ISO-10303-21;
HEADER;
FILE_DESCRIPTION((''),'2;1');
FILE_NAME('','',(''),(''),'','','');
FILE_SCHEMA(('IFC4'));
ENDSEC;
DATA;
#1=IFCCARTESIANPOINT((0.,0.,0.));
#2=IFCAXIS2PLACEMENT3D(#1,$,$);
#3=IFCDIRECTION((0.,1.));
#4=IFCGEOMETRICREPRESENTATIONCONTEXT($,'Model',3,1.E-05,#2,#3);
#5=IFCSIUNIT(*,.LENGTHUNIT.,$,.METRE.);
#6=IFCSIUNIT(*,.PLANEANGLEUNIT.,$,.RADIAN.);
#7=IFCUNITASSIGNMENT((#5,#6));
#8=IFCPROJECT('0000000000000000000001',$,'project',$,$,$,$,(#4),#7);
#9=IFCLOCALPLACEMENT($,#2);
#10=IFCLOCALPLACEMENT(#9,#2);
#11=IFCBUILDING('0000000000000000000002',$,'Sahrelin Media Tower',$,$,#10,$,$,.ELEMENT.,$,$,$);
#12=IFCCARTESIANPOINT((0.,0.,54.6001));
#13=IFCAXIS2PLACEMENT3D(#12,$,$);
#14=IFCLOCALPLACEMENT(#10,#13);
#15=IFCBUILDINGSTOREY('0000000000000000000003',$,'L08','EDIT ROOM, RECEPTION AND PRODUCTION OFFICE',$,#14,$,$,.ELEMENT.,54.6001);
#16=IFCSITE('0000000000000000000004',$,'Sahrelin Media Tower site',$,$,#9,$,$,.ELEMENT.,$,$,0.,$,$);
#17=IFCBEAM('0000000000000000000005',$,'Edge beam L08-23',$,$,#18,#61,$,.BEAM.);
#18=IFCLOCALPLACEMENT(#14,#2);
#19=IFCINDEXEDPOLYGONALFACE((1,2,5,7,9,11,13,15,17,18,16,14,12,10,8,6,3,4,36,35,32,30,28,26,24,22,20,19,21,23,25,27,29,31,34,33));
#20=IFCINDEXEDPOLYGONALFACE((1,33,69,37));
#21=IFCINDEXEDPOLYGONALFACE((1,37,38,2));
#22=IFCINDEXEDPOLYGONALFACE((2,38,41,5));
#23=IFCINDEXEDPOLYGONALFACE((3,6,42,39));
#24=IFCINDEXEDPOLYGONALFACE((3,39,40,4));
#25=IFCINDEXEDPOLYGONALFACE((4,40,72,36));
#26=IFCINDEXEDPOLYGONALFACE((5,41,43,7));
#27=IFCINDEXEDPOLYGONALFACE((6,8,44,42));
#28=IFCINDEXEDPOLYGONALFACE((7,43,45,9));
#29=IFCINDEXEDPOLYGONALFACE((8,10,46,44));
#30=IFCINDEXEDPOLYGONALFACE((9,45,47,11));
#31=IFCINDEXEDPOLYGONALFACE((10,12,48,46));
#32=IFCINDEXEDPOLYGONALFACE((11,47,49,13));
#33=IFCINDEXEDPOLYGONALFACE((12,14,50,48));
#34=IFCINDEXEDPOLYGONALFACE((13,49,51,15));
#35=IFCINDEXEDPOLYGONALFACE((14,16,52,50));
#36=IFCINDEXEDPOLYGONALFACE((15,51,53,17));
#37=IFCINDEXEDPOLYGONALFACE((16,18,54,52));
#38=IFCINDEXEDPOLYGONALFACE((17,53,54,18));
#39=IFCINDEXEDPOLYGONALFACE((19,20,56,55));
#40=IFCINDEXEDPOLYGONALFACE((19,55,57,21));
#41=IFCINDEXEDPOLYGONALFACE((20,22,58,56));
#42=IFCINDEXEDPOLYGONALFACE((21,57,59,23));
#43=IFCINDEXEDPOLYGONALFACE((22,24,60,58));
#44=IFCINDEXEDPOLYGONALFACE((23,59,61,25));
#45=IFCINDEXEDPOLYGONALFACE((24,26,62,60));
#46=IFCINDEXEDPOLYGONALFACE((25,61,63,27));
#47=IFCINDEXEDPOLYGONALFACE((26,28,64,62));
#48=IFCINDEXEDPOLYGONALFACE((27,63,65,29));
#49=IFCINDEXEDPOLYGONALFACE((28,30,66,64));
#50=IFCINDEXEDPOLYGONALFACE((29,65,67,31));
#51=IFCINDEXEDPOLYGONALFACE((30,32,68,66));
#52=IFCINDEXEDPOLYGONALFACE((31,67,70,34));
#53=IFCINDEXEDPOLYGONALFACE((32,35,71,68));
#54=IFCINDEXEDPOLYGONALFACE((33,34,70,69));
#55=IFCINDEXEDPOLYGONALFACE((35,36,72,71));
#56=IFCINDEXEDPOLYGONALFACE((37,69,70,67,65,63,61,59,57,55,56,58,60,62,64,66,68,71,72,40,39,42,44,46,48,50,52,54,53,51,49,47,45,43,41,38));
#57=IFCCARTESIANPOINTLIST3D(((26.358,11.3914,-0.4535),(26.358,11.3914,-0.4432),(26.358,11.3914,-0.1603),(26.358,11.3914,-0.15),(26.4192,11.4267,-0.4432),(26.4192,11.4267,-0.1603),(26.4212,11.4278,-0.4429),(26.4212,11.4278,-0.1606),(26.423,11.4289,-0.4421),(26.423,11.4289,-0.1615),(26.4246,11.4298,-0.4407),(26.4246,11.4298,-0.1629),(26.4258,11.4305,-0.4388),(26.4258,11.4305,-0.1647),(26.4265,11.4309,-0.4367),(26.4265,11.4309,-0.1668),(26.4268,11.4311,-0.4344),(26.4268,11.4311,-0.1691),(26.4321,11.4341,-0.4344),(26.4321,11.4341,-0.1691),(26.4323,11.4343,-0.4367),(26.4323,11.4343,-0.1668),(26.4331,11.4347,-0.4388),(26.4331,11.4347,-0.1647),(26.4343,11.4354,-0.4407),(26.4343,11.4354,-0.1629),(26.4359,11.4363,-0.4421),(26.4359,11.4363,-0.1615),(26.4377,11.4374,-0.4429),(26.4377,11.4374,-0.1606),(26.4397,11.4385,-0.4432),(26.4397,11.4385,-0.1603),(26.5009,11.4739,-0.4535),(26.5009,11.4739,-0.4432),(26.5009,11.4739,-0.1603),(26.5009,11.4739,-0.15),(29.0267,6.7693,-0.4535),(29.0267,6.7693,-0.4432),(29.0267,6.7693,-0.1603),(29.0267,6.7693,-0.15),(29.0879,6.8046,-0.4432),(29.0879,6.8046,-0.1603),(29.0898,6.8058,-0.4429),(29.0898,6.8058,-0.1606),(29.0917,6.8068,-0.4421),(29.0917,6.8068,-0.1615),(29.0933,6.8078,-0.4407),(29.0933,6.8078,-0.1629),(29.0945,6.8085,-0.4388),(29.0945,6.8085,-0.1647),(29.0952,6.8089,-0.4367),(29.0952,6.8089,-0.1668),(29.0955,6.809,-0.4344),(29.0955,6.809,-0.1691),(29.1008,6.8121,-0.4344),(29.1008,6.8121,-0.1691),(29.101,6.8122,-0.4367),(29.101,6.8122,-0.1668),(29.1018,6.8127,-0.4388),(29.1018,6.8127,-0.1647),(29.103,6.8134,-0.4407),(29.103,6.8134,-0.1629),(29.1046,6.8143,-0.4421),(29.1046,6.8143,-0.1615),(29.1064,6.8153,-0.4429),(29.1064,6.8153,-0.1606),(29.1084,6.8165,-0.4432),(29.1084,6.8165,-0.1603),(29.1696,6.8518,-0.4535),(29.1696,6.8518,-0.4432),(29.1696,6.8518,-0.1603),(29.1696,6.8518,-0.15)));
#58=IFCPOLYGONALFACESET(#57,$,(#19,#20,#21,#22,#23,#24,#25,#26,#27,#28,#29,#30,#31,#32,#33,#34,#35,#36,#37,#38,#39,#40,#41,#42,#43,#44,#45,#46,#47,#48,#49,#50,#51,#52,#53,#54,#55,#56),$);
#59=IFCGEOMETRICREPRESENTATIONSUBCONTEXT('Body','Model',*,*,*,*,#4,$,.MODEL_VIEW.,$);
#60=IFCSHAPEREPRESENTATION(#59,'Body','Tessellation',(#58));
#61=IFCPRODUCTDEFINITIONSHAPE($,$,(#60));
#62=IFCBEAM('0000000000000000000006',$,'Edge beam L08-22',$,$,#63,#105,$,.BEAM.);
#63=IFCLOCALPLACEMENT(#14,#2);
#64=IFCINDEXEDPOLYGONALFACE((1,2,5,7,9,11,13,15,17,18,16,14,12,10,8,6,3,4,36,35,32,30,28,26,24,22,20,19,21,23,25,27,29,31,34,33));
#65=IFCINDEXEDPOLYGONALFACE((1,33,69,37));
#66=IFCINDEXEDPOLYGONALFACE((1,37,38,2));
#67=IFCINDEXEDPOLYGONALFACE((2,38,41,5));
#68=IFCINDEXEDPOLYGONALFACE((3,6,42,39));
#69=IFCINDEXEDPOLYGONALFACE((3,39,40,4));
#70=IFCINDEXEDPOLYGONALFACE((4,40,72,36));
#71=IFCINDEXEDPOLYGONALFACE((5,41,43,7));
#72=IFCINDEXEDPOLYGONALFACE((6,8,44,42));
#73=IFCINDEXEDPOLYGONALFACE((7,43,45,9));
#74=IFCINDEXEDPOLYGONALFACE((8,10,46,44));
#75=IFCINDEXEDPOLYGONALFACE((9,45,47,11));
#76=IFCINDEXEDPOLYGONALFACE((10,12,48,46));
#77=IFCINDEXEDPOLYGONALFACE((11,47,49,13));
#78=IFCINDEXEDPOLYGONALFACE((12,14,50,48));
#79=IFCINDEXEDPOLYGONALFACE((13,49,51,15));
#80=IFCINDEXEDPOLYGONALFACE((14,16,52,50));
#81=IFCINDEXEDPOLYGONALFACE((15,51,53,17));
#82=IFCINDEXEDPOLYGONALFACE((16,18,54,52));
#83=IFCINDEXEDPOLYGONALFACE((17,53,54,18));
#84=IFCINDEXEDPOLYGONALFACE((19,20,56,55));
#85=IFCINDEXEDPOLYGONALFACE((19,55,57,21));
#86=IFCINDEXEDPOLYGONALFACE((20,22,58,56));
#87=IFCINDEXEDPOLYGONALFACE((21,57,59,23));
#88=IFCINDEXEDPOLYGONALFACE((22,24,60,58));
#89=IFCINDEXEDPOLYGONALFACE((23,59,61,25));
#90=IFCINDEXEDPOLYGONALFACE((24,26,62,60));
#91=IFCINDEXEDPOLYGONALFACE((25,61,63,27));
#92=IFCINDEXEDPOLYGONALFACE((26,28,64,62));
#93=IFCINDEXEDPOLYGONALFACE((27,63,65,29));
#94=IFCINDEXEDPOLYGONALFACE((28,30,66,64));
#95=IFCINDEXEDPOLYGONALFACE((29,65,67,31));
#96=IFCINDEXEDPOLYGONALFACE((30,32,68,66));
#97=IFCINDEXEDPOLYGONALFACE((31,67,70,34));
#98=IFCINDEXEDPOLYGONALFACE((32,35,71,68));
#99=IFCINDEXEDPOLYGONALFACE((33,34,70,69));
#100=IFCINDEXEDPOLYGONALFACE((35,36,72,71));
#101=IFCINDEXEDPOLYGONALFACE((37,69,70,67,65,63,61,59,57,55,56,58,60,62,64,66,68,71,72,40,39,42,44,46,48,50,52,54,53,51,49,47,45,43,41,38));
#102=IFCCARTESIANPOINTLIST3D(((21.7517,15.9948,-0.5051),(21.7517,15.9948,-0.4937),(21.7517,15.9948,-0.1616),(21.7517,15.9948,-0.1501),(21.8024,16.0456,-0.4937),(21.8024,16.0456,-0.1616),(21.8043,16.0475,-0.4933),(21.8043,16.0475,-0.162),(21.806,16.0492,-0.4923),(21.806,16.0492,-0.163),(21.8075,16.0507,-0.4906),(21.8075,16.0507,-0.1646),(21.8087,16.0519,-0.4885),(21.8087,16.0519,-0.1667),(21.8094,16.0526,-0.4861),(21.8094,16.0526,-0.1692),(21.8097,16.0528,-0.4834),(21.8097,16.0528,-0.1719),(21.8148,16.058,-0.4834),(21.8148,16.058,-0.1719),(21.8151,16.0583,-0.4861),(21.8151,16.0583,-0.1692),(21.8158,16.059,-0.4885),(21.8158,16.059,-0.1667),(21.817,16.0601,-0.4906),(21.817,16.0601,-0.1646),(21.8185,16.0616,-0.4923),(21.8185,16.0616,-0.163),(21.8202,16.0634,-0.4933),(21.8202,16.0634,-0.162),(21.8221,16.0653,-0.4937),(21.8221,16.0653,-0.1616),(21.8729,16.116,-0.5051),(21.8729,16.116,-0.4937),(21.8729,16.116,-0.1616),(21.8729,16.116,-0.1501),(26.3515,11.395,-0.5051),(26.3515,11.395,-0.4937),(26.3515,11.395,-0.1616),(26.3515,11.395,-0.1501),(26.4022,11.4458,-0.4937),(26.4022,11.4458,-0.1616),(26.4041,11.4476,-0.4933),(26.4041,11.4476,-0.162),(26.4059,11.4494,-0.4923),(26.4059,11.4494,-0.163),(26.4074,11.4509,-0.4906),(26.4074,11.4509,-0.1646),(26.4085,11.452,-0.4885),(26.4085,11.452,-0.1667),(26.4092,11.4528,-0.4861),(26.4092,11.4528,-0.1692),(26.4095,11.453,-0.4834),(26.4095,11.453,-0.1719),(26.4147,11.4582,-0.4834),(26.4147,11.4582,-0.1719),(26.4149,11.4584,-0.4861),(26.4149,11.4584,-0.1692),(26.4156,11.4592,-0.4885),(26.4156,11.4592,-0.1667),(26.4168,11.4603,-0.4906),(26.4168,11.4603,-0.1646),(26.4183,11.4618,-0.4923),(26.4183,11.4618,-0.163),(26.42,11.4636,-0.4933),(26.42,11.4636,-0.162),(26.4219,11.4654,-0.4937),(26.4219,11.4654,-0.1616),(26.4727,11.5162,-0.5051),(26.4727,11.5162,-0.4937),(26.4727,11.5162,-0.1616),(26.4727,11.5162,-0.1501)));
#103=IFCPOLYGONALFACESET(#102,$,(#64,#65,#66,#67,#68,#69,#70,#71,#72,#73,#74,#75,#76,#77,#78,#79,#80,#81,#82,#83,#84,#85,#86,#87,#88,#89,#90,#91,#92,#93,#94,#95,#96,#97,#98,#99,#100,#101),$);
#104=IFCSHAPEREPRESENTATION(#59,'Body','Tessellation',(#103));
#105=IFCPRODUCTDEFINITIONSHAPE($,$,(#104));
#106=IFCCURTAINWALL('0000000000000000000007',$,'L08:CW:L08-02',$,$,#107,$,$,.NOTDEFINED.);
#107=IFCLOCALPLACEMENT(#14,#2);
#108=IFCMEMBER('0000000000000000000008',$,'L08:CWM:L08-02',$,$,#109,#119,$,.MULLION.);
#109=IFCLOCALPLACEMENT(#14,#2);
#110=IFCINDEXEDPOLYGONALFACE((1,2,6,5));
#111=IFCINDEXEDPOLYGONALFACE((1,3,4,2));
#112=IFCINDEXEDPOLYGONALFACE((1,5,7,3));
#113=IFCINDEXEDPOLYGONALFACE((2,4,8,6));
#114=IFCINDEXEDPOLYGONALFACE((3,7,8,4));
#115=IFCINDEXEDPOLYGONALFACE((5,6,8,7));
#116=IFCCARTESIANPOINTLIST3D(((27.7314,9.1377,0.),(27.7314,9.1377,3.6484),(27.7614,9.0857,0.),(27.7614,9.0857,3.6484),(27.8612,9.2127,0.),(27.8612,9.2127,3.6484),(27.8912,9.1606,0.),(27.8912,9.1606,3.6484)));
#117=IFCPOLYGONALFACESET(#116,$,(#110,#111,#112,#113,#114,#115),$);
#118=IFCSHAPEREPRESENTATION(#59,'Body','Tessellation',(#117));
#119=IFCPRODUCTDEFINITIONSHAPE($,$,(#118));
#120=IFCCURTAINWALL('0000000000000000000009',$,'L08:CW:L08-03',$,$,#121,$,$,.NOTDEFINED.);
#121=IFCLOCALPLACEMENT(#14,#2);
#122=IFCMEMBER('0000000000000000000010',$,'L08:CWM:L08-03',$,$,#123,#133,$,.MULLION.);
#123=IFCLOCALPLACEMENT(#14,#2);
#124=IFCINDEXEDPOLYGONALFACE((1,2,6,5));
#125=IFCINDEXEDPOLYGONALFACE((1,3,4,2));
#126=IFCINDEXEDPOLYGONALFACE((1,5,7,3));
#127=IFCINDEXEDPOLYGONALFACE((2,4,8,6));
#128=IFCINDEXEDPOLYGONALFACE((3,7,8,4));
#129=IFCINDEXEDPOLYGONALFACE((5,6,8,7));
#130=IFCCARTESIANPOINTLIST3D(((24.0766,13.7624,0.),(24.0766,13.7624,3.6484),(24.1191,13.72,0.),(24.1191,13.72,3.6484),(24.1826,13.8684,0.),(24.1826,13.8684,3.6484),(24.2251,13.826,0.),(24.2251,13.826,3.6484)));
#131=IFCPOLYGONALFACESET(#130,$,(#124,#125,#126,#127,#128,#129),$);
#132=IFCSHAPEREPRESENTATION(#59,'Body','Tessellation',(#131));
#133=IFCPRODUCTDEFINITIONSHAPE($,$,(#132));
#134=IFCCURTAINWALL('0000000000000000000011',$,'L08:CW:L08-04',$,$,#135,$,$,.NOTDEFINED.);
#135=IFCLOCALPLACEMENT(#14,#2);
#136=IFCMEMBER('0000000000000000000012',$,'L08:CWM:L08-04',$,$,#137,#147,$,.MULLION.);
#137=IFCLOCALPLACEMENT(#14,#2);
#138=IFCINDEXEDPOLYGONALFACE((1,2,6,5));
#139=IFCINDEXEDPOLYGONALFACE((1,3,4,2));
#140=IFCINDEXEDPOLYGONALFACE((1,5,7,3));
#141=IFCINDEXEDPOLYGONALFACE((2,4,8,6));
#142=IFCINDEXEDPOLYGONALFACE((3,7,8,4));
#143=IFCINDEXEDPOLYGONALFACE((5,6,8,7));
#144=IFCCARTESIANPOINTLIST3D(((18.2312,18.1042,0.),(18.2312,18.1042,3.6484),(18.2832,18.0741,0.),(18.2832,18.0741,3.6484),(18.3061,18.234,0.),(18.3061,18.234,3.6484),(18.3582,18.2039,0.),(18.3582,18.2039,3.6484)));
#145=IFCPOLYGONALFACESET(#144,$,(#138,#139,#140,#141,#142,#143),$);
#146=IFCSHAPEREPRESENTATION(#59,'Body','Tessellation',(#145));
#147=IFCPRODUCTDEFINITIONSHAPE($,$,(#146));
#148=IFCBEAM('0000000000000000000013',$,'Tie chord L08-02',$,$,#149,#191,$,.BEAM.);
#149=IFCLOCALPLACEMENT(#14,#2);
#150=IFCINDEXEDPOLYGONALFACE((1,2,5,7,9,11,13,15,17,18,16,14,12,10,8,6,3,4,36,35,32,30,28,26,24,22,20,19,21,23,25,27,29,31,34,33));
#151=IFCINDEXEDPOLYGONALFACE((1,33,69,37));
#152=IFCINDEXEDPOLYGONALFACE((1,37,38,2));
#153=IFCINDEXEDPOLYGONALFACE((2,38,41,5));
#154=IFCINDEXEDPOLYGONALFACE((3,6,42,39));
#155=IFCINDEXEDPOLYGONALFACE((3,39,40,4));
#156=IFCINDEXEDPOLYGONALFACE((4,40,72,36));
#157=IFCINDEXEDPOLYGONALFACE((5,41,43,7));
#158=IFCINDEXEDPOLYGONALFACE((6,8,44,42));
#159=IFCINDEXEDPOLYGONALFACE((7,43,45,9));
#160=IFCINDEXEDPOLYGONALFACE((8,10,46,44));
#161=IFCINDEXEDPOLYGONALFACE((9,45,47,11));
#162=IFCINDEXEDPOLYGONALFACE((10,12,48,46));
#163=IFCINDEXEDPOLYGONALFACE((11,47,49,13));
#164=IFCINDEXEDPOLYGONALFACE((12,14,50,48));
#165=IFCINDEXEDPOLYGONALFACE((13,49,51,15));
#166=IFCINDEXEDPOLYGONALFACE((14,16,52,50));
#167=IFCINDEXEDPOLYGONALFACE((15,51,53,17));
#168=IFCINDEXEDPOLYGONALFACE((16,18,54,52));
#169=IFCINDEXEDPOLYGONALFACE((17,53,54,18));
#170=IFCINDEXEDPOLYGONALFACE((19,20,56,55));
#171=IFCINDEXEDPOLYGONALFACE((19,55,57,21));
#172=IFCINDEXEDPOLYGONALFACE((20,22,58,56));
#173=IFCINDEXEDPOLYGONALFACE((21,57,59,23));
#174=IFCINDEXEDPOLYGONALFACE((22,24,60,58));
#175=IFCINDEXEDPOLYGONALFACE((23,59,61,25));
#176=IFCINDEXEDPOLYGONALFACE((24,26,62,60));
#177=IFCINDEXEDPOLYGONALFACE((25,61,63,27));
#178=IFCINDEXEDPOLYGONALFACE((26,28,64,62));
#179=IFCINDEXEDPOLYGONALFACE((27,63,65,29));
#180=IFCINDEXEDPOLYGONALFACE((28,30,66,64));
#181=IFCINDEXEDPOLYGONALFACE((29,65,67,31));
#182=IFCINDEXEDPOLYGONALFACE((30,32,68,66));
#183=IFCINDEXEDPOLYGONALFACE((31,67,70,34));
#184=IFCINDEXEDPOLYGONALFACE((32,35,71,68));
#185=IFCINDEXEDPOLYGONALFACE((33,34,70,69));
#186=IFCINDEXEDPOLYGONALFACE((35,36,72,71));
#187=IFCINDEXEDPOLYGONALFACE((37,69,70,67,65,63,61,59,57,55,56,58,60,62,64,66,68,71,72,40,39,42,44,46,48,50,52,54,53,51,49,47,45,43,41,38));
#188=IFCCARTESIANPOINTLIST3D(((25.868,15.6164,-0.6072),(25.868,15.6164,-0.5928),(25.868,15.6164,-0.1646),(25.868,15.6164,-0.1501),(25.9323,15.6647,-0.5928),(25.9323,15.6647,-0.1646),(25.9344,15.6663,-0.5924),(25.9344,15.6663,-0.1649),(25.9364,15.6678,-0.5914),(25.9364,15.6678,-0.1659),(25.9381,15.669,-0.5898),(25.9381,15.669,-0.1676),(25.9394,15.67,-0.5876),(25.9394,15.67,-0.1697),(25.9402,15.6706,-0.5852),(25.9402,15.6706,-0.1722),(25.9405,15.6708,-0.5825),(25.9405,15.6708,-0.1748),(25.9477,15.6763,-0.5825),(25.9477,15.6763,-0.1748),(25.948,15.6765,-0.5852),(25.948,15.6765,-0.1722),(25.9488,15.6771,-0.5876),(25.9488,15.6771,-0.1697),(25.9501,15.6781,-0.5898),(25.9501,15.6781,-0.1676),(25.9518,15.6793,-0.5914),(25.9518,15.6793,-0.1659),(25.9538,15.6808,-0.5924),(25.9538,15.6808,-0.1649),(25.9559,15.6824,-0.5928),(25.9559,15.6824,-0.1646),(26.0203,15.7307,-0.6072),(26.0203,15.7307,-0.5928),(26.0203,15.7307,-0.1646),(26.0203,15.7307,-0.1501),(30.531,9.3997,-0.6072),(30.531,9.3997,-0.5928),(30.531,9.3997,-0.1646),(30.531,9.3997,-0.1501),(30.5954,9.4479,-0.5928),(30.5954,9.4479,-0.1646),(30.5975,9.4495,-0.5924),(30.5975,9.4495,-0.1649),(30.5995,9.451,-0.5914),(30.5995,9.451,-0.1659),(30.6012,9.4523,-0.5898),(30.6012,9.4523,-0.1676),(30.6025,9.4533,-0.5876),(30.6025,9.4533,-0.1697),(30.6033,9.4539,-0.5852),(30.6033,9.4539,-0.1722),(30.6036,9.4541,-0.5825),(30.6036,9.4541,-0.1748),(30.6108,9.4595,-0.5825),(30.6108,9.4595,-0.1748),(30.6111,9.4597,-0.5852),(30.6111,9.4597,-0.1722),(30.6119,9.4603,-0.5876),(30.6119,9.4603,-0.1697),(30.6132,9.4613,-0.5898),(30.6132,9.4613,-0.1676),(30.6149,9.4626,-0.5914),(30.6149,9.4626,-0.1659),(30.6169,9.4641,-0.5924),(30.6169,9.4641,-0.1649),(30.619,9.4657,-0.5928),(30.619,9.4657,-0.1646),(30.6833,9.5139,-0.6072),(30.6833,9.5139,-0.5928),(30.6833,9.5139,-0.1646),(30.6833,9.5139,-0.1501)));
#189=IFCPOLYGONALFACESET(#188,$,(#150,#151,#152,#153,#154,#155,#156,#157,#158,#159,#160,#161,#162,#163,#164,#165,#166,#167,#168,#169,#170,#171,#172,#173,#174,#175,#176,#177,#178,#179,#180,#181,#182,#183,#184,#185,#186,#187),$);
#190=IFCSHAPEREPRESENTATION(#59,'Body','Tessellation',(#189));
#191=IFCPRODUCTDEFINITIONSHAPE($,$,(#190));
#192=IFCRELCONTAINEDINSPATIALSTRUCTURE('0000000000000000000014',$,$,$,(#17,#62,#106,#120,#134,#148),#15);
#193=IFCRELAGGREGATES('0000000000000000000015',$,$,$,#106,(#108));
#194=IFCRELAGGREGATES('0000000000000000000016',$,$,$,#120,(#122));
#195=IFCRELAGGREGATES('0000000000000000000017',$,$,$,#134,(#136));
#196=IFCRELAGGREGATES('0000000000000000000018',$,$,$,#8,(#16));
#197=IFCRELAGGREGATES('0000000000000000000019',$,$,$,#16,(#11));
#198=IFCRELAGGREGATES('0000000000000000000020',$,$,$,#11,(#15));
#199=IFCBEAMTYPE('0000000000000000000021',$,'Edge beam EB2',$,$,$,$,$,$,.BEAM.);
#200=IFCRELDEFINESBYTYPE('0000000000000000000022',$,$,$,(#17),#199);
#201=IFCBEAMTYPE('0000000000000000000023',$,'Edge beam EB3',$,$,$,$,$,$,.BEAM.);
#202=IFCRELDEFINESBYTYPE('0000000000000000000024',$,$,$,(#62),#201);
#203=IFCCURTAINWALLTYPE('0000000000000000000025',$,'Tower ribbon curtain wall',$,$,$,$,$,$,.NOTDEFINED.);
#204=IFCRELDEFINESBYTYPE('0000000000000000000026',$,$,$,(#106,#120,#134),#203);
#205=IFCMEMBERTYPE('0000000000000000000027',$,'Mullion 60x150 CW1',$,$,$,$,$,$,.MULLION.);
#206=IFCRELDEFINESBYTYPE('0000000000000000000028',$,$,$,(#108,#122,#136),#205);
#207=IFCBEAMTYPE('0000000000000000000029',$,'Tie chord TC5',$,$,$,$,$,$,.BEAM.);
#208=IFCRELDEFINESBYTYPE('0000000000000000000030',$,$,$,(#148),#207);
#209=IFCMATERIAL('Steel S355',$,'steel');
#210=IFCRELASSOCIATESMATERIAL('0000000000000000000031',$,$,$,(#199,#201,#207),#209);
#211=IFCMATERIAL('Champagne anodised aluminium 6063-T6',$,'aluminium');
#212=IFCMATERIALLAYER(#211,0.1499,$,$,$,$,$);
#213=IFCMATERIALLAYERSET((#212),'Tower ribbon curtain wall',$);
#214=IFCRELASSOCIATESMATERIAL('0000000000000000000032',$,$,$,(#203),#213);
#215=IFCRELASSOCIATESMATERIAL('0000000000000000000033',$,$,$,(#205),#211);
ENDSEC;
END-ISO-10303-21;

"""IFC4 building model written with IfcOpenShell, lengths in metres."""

from ifc_helpers import new_model, si_unit, direction, frame, origin, origin_2d, place, context, subcontext, project, spatial, rectangle, i_section, extrude, material, layer, layer_set, material_profile, profile_set, type_object, element, aggregate, save


model = new_model("IFC4")

# Units and contexts
model_context = context("Model", 3, precision=1e-05, world=origin(), true_north=direction((0.0, 1.0)))
body_context = subcontext(model_context, "Body", "Model", "MODEL_VIEW")
ifc_project = project(units=[si_unit("LENGTHUNIT", "METRE"), si_unit("PLANEANGLEUNIT", "RADIAN")], contexts=[model_context])

# Site, building, storey
site_placement = place(None, origin())
site = spatial("IfcSite", under=ifc_project, at=site_placement, Name="Sahrelin Media Tower site", CompositionType="ELEMENT", RefElevation=0.0)
building_placement = place(site_placement, origin())
building = spatial("IfcBuilding", under=site, at=building_placement, Name="Sahrelin Media Tower", CompositionType="ELEMENT")
storey_placement = place(building_placement, frame((0.0, 0.0, 54.6001)))
storey = spatial("IfcBuildingStorey", under=building, at=storey_placement, Name="L08", Description="EDIT ROOM, RECEPTION AND PRODUCTION OFFICE", CompositionType="ELEMENT", Elevation=54.6001)

# Beams
ifc_material_1 = material(Name="Steel S355", Category="steel")
ifc_material_profile_1 = material_profile(ifc_material_1, i_section(OverallWidth=0.165, OverallDepth=0.3035, WebThickness=0.0061, FlangeThickness=0.0103, FilletRadius=0.0088, at=origin_2d()), Name="UB 305x165x40")
ifc_profile_set_1 = profile_set([ifc_material_profile_1], Name="Steel S355")
beam_type_1 = type_object("IfcBeamType", Name="Edge beam EB2", PredefinedType="BEAM", material=ifc_profile_set_1)
beam_1_placement = place(storey_placement, frame((26.4294, 11.4326, -0.3018), z_axis=(0.500021, -0.866013, 0.0), x_axis=(0.866013, 0.500021, 0.0)))
element("IfcBeam", 1, at=beam_1_placement, inside=storey, type_object=beam_type_1, Name="Edge beam L08-23", PredefinedType="BEAM", context=body_context, shape_type="SweptSolid", body=[
    extrude(i_section(OverallWidth=0.165, OverallDepth=0.3035, WebThickness=0.0061, FlangeThickness=0.0103, FilletRadius=0.0088, at=origin_2d()), origin(), (0.0, 0.0, 1.0), 5.3372),
])
ifc_material_profile_2 = material_profile(ifc_material_1, i_section(OverallWidth=0.1714, OverallDepth=0.355, WebThickness=0.0073, FlangeThickness=0.0115, FilletRadius=0.0103, at=origin_2d()), Name="UB 356x171x51")
ifc_profile_set_2 = profile_set([ifc_material_profile_2], Name="Steel S355")
beam_type_2 = type_object("IfcBeamType", Name="Edge beam EB3", PredefinedType="BEAM", material=ifc_profile_set_2)
beam_2_placement = place(storey_placement, frame((21.8123, 16.0554, -0.3276), z_axis=(0.707107, -0.707107, 0.0), x_axis=(0.707107, 0.707107, 0.0)))
element("IfcBeam", 2, at=beam_2_placement, inside=storey, type_object=beam_type_2, Name="Edge beam L08-22", PredefinedType="BEAM", context=body_context, shape_type="SweptSolid", body=[
    extrude(i_section(OverallWidth=0.1714, OverallDepth=0.355, WebThickness=0.0073, FlangeThickness=0.0115, FilletRadius=0.0103, at=origin_2d()), origin(), (0.0, 0.0, 1.0), 6.5051),
])

# Curtain walls, members
ifc_material_2 = material(Name="Champagne anodised aluminium 6063-T6", Category="aluminium")
ifc_layer_1 = layer(ifc_material_2, 0.1499)
ifc_layer_set_1 = layer_set([ifc_layer_1], Name="Tower ribbon curtain wall")
curtain_wall_type = type_object("IfcCurtainWallType", Name="Tower ribbon curtain wall", PredefinedType="NOTDEFINED", material=ifc_layer_set_1)
curtain_wall_1_placement = place(storey_placement, frame((27.8938, 9.1965, 0.0), z_axis=(0.0, 0.0, 1.0), x_axis=(1.0, 0.0, 0.0)))
curtain_wall_1 = element("IfcCurtainWall", 3, at=curtain_wall_1_placement, inside=storey, type_object=curtain_wall_type, Name="L08:CW:L08-02", PredefinedType="NOTDEFINED")
ifc_material_profile_3 = material_profile(ifc_material_2, rectangle(XDim=0.0601, YDim=0.1499, at=origin_2d()), Name="Mullion 60x150")
ifc_profile_set_3 = profile_set([ifc_material_profile_3], Name="Champagne anodised aluminium 6063-T6")
member_type_1 = type_object("IfcMemberType", Name="Mullion 60x150 CW1", PredefinedType="MULLION", material=ifc_profile_set_3)
member_1_placement = place(storey_placement, frame((27.8113, 9.1492, 0.0), z_axis=(0.0, 0.0, 1.0), x_axis=(-0.499991, 0.866031, 0.0)))
member_1 = element("IfcMember", 4, at=member_1_placement, type_object=member_type_1, Name="L08:CWM:L08-02", PredefinedType="MULLION", context=body_context, shape_type="SweptSolid", body=[
    extrude(rectangle(XDim=0.0601, YDim=0.1499, at=origin_2d()), origin(), (0.0, 0.0, 1.0), 3.6484),
])
aggregate(curtain_wall_1, [member_1])
curtain_wall_2_placement = place(storey_placement, frame((24.218, 13.8613, 0.0), z_axis=(0.0, 0.0, 1.0), x_axis=(1.0, 0.0, 0.0)))
curtain_wall_2 = element("IfcCurtainWall", 5, at=curtain_wall_2_placement, inside=storey, type_object=curtain_wall_type, Name="L08:CW:L08-03", PredefinedType="NOTDEFINED")
member_2_placement = place(storey_placement, frame((24.1509, 13.7942, 0.0), z_axis=(0.0, 0.0, 1.0), x_axis=(-0.707107, 0.707107, 0.0)))
member_2 = element("IfcMember", 6, at=member_2_placement, type_object=member_type_1, Name="L08:CWM:L08-03", PredefinedType="MULLION", context=body_context, shape_type="SweptSolid", body=[
    extrude(rectangle(XDim=0.0601, YDim=0.1499, at=origin_2d()), origin(), (0.0, 0.0, 1.0), 3.6484),
])
curtain_wall_3_placement = place(storey_placement, frame((18.342, 18.2363, 0.0), z_axis=(0.0, 0.0, 1.0), x_axis=(1.0, 0.0, 0.0)))
curtain_wall_3 = element("IfcCurtainWall", 7, at=curtain_wall_3_placement, inside=storey, type_object=curtain_wall_type, Name="L08:CW:L08-04", PredefinedType="NOTDEFINED")
member_3_placement = place(storey_placement, frame((18.2947, 18.1541, 0.0), z_axis=(0.0, 0.0, 1.0), x_axis=(-0.866027, 0.499997, 0.0)))
member_3 = element("IfcMember", 8, at=member_3_placement, type_object=member_type_1, Name="L08:CWM:L08-04", PredefinedType="MULLION", context=body_context, shape_type="SweptSolid", body=[
    extrude(rectangle(XDim=0.0601, YDim=0.1499, at=origin_2d()), origin(), (0.0, 0.0, 1.0), 3.6484),
])

# Beam
ifc_material_profile_4 = material_profile(ifc_material_1, i_section(OverallWidth=0.1904, OverallDepth=0.457, WebThickness=0.009, FlangeThickness=0.0144, FilletRadius=0.0103, at=origin_2d()), Name="UB 457x191x74")
ifc_profile_set_4 = profile_set([ifc_material_profile_4], Name="Steel S355")
beam_type_3 = type_object("IfcBeamType", Name="Tie chord TC5", PredefinedType="BEAM", material=ifc_profile_set_4)
beam_3_placement = place(storey_placement, frame((30.6072, 9.4568, -0.3787), z_axis=(-0.60004, 0.79997, 0.0), x_axis=(-0.79997, -0.60004, 0.0)))
element("IfcBeam", 9, at=beam_3_placement, inside=storey, type_object=beam_type_3, Name="Tie chord L08-02", PredefinedType="BEAM", context=body_context, shape_type="SweptSolid", body=[
    extrude(i_section(OverallWidth=0.1904, OverallDepth=0.457, WebThickness=0.009, FlangeThickness=0.0144, FilletRadius=0.0103, at=origin_2d()), origin(), (0.0, 0.0, 1.0), 7.7712),
])

aggregate(curtain_wall_2, [member_2])
aggregate(curtain_wall_3, [member_3])

save(model, "model.ifc")
